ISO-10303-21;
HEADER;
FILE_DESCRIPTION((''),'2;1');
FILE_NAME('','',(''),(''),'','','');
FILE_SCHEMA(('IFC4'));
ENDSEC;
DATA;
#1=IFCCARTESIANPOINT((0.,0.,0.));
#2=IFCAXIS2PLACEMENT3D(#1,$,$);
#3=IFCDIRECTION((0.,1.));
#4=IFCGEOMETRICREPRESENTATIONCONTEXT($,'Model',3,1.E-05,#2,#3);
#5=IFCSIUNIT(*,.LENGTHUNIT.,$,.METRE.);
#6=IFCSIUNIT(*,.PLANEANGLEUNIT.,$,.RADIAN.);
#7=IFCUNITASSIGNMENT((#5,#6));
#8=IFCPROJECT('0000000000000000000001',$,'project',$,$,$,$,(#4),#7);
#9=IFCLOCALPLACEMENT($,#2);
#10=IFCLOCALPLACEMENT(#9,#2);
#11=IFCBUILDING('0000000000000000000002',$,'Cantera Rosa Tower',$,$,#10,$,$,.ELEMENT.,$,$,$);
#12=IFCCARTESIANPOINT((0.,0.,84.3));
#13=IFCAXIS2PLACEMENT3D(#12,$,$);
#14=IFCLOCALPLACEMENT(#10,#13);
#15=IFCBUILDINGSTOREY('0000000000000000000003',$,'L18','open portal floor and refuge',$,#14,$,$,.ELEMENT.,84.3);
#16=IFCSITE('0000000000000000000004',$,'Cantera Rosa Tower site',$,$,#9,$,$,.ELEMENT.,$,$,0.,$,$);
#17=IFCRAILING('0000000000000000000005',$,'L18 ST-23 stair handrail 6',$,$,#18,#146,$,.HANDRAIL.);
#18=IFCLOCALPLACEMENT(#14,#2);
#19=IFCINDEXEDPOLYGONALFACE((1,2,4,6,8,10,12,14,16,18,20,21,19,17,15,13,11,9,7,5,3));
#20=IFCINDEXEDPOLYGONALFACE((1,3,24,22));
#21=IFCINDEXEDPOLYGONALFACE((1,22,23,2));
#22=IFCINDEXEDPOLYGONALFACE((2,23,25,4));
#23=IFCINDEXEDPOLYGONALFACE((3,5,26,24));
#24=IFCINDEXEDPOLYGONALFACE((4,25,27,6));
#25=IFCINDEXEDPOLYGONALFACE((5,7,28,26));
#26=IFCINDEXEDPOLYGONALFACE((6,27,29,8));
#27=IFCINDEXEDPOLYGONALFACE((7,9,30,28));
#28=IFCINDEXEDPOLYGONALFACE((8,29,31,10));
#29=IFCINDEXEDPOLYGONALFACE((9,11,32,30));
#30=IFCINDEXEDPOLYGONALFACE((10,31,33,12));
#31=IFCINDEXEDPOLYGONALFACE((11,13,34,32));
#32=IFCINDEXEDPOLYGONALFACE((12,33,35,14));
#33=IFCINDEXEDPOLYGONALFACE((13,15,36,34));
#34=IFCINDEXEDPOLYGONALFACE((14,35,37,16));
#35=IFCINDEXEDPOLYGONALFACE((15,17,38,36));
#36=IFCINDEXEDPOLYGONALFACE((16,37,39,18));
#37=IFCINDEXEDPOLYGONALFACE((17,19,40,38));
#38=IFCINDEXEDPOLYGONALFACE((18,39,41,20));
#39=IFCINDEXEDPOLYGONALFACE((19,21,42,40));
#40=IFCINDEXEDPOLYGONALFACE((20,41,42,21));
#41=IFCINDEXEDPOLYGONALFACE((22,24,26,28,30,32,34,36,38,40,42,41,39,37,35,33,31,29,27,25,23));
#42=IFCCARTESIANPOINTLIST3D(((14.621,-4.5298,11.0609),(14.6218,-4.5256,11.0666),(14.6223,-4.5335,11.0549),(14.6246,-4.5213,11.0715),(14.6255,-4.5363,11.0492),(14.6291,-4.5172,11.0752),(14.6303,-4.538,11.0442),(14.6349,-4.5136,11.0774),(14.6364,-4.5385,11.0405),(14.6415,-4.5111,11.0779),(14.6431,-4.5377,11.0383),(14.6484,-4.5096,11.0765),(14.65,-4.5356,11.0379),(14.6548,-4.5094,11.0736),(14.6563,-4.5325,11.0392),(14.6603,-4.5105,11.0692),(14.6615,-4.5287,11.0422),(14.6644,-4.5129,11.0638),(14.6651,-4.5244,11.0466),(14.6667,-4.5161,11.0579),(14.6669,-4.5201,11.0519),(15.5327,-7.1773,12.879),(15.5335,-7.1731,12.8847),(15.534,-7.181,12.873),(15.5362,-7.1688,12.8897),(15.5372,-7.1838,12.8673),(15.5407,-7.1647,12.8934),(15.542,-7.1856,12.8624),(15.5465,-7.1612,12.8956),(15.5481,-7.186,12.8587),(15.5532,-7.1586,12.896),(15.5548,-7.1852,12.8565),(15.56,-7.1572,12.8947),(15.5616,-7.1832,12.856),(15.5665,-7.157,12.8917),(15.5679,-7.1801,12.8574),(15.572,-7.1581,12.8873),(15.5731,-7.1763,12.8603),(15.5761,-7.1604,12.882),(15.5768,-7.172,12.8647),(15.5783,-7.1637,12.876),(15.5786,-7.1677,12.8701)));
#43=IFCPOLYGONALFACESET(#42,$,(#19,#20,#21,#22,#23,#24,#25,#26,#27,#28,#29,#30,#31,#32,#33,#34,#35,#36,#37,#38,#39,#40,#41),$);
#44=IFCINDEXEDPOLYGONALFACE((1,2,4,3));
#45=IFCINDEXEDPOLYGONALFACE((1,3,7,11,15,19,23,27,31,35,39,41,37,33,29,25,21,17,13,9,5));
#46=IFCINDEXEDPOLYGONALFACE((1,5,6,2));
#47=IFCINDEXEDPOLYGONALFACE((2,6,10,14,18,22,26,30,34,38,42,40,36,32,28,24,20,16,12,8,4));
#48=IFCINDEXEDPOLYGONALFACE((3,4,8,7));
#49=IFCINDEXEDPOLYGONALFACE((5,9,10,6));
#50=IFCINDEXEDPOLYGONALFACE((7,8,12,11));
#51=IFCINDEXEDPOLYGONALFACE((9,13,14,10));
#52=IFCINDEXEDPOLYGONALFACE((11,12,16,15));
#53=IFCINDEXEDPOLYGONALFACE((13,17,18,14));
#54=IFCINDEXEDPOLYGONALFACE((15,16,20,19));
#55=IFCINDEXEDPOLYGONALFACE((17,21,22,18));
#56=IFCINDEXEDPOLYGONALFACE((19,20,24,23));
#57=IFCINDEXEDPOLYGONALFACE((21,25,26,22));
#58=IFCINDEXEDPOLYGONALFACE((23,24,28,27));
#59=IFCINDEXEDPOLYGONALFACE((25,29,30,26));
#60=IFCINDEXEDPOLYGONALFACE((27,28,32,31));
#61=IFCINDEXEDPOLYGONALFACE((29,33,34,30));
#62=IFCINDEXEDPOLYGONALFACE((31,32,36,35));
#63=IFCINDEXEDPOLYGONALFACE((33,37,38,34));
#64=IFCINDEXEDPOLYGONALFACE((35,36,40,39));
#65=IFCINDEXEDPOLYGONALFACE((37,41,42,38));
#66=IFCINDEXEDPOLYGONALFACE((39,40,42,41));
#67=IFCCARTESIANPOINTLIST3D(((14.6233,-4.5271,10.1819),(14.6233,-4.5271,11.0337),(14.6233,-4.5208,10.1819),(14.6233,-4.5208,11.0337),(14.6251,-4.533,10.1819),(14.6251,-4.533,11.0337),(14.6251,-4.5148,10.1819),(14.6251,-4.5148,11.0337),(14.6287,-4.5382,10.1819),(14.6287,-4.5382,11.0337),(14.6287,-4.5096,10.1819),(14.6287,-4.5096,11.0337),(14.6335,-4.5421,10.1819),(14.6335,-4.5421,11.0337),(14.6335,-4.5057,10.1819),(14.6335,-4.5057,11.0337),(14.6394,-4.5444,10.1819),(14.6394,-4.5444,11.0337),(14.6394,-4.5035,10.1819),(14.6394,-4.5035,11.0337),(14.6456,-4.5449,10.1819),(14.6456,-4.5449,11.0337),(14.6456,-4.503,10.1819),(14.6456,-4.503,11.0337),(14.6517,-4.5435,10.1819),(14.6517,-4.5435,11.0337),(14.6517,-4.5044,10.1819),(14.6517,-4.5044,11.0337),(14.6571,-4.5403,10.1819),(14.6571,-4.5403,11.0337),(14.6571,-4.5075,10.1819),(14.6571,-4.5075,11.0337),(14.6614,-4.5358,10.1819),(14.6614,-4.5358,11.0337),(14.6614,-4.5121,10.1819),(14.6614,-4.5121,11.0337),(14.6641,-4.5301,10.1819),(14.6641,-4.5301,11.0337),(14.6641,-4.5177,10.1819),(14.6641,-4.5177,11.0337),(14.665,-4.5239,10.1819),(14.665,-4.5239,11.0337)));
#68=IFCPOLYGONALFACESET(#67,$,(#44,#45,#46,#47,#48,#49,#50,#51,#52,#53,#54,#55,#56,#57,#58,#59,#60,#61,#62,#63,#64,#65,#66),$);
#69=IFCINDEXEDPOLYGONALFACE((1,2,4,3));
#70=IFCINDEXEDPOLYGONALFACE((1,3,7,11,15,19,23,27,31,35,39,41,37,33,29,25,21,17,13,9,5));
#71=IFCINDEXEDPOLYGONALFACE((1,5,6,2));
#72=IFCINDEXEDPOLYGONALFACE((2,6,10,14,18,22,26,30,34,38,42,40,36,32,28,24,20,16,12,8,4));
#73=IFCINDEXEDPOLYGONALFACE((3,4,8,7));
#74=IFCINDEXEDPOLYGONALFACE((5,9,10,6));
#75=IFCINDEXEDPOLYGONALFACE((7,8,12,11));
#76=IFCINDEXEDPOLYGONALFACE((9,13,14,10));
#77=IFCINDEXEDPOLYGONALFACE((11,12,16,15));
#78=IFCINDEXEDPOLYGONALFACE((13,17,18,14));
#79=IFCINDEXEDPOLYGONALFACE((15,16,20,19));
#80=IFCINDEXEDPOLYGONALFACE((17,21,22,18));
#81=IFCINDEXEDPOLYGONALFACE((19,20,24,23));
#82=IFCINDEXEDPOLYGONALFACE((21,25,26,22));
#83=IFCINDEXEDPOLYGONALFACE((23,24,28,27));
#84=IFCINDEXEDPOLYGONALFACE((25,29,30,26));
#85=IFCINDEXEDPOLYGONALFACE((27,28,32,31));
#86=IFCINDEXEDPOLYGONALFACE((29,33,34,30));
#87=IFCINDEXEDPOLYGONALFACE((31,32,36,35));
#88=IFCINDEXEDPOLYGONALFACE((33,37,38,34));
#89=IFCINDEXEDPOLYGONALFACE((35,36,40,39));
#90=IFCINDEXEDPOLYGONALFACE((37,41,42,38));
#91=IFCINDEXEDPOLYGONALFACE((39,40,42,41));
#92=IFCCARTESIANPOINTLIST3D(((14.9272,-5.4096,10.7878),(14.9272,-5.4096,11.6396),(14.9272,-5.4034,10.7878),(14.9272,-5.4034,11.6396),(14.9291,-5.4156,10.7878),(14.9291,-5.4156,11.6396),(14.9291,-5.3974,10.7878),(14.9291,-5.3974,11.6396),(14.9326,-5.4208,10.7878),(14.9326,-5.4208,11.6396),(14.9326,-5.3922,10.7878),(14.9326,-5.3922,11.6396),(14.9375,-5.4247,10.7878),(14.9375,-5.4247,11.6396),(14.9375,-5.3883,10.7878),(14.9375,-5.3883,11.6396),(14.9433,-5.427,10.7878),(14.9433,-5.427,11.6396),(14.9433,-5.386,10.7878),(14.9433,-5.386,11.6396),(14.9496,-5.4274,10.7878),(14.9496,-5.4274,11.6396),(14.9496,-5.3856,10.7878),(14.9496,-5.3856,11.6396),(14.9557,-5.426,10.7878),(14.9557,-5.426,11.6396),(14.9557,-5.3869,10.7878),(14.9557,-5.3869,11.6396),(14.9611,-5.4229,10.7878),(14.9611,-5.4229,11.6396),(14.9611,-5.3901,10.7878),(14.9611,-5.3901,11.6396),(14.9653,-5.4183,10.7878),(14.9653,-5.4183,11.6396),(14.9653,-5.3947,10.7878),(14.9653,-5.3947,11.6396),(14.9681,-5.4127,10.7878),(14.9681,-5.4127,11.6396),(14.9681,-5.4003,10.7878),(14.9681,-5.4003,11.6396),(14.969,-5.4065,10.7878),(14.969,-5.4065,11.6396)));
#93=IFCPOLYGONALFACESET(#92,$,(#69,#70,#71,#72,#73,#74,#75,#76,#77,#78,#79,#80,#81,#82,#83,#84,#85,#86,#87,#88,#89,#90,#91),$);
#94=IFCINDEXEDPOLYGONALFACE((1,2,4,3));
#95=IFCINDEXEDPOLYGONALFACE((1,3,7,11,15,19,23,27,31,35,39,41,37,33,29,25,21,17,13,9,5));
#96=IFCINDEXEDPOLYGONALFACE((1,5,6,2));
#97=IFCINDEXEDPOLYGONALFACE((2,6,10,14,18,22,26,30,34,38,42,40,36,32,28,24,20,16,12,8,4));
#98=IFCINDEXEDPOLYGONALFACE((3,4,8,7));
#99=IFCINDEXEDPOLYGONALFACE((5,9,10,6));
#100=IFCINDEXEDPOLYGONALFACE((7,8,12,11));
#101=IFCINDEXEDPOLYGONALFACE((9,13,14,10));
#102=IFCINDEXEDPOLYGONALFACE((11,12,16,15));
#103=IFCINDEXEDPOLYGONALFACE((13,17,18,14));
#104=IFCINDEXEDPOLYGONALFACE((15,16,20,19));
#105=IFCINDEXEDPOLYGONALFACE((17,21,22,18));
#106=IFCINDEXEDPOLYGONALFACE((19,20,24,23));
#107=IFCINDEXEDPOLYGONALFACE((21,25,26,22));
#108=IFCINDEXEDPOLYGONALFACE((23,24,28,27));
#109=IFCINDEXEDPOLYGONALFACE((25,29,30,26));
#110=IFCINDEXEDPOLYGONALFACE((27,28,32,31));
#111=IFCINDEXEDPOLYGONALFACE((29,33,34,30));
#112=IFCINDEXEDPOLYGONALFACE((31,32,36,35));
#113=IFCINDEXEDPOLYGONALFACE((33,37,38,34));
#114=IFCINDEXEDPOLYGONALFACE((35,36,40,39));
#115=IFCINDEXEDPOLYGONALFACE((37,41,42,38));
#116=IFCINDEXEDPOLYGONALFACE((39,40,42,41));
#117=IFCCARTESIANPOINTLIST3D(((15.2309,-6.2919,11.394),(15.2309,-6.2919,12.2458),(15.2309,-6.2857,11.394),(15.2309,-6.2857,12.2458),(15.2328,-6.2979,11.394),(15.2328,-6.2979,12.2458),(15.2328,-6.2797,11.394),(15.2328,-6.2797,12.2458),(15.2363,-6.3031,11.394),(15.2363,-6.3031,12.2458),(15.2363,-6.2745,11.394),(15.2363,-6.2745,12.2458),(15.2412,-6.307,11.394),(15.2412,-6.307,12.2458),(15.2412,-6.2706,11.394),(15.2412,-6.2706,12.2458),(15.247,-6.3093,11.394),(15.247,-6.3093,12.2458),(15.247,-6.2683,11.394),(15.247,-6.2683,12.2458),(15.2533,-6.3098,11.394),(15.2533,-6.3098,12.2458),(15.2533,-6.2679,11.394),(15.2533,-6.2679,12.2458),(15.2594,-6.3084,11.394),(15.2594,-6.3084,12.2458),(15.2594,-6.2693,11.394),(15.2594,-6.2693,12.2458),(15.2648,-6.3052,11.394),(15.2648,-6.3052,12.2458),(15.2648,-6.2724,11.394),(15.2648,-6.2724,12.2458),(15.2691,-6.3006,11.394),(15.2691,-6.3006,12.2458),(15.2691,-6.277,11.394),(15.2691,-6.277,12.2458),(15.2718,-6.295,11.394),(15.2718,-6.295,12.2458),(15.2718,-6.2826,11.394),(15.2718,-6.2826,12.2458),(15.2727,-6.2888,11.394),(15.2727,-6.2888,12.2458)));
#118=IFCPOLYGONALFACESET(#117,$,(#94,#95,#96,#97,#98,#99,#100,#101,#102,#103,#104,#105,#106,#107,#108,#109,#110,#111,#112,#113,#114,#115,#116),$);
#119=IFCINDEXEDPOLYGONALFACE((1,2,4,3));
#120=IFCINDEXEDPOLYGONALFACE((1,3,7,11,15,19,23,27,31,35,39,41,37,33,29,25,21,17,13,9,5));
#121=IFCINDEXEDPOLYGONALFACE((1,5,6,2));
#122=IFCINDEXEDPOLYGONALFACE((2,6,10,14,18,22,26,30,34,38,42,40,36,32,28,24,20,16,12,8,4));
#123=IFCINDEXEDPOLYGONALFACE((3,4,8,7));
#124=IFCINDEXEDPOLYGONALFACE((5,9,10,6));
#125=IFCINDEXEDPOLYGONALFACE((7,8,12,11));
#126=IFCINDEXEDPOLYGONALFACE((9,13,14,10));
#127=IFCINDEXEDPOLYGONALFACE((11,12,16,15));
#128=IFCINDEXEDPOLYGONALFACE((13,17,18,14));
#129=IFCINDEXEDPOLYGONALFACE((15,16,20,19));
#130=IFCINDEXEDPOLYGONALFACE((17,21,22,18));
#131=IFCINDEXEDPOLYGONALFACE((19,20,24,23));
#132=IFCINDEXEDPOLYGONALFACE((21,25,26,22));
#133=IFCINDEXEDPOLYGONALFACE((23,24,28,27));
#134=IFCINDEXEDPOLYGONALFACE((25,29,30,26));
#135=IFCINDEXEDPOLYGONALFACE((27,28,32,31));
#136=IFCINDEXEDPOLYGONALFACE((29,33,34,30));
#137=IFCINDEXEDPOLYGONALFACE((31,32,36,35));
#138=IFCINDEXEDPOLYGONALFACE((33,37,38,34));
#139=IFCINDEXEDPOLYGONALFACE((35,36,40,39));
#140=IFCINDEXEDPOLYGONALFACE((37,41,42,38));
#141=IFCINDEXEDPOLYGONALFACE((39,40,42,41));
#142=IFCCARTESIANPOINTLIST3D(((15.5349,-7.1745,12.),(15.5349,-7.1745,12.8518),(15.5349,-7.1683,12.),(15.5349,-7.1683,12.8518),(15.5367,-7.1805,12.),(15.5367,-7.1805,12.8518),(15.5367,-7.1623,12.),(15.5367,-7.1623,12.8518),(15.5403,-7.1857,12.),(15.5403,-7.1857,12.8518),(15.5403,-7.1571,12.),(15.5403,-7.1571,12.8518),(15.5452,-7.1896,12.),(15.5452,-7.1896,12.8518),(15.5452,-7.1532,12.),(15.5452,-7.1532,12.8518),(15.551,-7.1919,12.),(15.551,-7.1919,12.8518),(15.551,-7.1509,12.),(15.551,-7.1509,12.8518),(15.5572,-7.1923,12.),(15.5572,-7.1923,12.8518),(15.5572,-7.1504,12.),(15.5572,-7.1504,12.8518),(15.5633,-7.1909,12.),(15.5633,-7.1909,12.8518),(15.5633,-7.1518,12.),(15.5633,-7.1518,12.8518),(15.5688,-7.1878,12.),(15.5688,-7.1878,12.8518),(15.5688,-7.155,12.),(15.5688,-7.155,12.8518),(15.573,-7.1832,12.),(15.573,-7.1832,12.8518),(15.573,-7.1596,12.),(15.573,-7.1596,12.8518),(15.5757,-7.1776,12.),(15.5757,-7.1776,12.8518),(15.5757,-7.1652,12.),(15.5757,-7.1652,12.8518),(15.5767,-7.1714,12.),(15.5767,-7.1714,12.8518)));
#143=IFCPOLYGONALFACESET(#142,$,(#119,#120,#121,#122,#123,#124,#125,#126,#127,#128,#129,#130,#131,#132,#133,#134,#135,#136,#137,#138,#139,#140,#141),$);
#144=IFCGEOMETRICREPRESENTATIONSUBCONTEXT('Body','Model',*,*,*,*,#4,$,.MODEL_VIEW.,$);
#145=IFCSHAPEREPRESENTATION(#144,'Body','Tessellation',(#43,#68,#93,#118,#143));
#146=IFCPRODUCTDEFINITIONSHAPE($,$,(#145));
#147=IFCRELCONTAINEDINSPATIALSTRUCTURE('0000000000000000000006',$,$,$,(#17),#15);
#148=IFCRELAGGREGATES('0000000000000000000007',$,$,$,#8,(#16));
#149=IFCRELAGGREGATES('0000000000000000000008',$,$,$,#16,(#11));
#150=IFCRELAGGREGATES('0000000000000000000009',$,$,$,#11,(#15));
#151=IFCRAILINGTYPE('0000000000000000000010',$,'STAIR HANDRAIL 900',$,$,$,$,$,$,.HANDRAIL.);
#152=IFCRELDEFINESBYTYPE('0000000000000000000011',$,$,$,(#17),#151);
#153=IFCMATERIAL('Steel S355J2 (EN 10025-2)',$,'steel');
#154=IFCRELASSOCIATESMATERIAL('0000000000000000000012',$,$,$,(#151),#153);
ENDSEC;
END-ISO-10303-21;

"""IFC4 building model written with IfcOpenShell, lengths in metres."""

from ifc_helpers import new_model, si_unit, direction, frame, origin, origin_2d, place, context, subcontext, project, spatial, circle, extrude, material, type_object, element, save


model = new_model("IFC4")

# Units and contexts
model_context = context("Model", 3, precision=1e-05, world=origin(), true_north=direction((0.0, 1.0)))
body_context = subcontext(model_context, "Body", "Model", "MODEL_VIEW")
ifc_project = project(units=[si_unit("LENGTHUNIT", "METRE"), si_unit("PLANEANGLEUNIT", "RADIAN")], contexts=[model_context])

# Site, building, storey
site_placement = place(None, origin())
site = spatial("IfcSite", under=ifc_project, at=site_placement, Name="Cantera Rosa Tower site", CompositionType="ELEMENT", RefElevation=0.0)
building_placement = place(site_placement, origin())
building = spatial("IfcBuilding", under=site, at=building_placement, Name="Cantera Rosa Tower", CompositionType="ELEMENT")
storey_placement = place(building_placement, frame((0.0, 0.0, 84.3)))
storey = spatial("IfcBuildingStorey", under=building, at=storey_placement, Name="L18", Description="open portal floor and refuge", CompositionType="ELEMENT", Elevation=84.3)

# Railing
ifc_material_1 = material(Name="Steel S355J2 (EN 10025-2)", Category="steel")
railing_type_1 = type_object("IfcRailingType", Name="STAIR HANDRAIL 900", PredefinedType="HANDRAIL", material=ifc_material_1)
for number, where, name in (
    (1, (14.644, -4.5239, 10.1819), "L18 ST-23 stair handrail 6"),
):
    element("IfcRailing", number, at=place(storey_placement, frame(where)), inside=storey, type_object=railing_type_1, Name=name, PredefinedType="HANDRAIL", context=body_context, shape_type="SweptSolid", body=[
        extrude(circle(Radius=0.0239, at=origin_2d()), frame((0.0, 0.0, 0.876), z_axis=(0.273062, -0.793007, 0.544589), x_axis=(0.945516, 0.325577, 0.0)), (0.0, 0.0, 1.0), 3.3386),
        extrude(circle(Radius=0.021, at=origin_2d()), origin(), (0.0, 0.0, 1.0), 0.8518),
        extrude(circle(Radius=0.021, at=origin_2d()), frame((0.304, -0.8826, 0.606)), (0.0, 0.0, 1.0), 0.8518),
        extrude(circle(Radius=0.021, at=origin_2d()), frame((0.6077, -1.7649, 1.2122)), (0.0, 0.0, 1.0), 0.8518),
        extrude(circle(Radius=0.021, at=origin_2d()), frame((0.9116, -2.6475, 1.8181)), (0.0, 0.0, 1.0), 0.8518),
    ])

save(model, "model.ifc")
